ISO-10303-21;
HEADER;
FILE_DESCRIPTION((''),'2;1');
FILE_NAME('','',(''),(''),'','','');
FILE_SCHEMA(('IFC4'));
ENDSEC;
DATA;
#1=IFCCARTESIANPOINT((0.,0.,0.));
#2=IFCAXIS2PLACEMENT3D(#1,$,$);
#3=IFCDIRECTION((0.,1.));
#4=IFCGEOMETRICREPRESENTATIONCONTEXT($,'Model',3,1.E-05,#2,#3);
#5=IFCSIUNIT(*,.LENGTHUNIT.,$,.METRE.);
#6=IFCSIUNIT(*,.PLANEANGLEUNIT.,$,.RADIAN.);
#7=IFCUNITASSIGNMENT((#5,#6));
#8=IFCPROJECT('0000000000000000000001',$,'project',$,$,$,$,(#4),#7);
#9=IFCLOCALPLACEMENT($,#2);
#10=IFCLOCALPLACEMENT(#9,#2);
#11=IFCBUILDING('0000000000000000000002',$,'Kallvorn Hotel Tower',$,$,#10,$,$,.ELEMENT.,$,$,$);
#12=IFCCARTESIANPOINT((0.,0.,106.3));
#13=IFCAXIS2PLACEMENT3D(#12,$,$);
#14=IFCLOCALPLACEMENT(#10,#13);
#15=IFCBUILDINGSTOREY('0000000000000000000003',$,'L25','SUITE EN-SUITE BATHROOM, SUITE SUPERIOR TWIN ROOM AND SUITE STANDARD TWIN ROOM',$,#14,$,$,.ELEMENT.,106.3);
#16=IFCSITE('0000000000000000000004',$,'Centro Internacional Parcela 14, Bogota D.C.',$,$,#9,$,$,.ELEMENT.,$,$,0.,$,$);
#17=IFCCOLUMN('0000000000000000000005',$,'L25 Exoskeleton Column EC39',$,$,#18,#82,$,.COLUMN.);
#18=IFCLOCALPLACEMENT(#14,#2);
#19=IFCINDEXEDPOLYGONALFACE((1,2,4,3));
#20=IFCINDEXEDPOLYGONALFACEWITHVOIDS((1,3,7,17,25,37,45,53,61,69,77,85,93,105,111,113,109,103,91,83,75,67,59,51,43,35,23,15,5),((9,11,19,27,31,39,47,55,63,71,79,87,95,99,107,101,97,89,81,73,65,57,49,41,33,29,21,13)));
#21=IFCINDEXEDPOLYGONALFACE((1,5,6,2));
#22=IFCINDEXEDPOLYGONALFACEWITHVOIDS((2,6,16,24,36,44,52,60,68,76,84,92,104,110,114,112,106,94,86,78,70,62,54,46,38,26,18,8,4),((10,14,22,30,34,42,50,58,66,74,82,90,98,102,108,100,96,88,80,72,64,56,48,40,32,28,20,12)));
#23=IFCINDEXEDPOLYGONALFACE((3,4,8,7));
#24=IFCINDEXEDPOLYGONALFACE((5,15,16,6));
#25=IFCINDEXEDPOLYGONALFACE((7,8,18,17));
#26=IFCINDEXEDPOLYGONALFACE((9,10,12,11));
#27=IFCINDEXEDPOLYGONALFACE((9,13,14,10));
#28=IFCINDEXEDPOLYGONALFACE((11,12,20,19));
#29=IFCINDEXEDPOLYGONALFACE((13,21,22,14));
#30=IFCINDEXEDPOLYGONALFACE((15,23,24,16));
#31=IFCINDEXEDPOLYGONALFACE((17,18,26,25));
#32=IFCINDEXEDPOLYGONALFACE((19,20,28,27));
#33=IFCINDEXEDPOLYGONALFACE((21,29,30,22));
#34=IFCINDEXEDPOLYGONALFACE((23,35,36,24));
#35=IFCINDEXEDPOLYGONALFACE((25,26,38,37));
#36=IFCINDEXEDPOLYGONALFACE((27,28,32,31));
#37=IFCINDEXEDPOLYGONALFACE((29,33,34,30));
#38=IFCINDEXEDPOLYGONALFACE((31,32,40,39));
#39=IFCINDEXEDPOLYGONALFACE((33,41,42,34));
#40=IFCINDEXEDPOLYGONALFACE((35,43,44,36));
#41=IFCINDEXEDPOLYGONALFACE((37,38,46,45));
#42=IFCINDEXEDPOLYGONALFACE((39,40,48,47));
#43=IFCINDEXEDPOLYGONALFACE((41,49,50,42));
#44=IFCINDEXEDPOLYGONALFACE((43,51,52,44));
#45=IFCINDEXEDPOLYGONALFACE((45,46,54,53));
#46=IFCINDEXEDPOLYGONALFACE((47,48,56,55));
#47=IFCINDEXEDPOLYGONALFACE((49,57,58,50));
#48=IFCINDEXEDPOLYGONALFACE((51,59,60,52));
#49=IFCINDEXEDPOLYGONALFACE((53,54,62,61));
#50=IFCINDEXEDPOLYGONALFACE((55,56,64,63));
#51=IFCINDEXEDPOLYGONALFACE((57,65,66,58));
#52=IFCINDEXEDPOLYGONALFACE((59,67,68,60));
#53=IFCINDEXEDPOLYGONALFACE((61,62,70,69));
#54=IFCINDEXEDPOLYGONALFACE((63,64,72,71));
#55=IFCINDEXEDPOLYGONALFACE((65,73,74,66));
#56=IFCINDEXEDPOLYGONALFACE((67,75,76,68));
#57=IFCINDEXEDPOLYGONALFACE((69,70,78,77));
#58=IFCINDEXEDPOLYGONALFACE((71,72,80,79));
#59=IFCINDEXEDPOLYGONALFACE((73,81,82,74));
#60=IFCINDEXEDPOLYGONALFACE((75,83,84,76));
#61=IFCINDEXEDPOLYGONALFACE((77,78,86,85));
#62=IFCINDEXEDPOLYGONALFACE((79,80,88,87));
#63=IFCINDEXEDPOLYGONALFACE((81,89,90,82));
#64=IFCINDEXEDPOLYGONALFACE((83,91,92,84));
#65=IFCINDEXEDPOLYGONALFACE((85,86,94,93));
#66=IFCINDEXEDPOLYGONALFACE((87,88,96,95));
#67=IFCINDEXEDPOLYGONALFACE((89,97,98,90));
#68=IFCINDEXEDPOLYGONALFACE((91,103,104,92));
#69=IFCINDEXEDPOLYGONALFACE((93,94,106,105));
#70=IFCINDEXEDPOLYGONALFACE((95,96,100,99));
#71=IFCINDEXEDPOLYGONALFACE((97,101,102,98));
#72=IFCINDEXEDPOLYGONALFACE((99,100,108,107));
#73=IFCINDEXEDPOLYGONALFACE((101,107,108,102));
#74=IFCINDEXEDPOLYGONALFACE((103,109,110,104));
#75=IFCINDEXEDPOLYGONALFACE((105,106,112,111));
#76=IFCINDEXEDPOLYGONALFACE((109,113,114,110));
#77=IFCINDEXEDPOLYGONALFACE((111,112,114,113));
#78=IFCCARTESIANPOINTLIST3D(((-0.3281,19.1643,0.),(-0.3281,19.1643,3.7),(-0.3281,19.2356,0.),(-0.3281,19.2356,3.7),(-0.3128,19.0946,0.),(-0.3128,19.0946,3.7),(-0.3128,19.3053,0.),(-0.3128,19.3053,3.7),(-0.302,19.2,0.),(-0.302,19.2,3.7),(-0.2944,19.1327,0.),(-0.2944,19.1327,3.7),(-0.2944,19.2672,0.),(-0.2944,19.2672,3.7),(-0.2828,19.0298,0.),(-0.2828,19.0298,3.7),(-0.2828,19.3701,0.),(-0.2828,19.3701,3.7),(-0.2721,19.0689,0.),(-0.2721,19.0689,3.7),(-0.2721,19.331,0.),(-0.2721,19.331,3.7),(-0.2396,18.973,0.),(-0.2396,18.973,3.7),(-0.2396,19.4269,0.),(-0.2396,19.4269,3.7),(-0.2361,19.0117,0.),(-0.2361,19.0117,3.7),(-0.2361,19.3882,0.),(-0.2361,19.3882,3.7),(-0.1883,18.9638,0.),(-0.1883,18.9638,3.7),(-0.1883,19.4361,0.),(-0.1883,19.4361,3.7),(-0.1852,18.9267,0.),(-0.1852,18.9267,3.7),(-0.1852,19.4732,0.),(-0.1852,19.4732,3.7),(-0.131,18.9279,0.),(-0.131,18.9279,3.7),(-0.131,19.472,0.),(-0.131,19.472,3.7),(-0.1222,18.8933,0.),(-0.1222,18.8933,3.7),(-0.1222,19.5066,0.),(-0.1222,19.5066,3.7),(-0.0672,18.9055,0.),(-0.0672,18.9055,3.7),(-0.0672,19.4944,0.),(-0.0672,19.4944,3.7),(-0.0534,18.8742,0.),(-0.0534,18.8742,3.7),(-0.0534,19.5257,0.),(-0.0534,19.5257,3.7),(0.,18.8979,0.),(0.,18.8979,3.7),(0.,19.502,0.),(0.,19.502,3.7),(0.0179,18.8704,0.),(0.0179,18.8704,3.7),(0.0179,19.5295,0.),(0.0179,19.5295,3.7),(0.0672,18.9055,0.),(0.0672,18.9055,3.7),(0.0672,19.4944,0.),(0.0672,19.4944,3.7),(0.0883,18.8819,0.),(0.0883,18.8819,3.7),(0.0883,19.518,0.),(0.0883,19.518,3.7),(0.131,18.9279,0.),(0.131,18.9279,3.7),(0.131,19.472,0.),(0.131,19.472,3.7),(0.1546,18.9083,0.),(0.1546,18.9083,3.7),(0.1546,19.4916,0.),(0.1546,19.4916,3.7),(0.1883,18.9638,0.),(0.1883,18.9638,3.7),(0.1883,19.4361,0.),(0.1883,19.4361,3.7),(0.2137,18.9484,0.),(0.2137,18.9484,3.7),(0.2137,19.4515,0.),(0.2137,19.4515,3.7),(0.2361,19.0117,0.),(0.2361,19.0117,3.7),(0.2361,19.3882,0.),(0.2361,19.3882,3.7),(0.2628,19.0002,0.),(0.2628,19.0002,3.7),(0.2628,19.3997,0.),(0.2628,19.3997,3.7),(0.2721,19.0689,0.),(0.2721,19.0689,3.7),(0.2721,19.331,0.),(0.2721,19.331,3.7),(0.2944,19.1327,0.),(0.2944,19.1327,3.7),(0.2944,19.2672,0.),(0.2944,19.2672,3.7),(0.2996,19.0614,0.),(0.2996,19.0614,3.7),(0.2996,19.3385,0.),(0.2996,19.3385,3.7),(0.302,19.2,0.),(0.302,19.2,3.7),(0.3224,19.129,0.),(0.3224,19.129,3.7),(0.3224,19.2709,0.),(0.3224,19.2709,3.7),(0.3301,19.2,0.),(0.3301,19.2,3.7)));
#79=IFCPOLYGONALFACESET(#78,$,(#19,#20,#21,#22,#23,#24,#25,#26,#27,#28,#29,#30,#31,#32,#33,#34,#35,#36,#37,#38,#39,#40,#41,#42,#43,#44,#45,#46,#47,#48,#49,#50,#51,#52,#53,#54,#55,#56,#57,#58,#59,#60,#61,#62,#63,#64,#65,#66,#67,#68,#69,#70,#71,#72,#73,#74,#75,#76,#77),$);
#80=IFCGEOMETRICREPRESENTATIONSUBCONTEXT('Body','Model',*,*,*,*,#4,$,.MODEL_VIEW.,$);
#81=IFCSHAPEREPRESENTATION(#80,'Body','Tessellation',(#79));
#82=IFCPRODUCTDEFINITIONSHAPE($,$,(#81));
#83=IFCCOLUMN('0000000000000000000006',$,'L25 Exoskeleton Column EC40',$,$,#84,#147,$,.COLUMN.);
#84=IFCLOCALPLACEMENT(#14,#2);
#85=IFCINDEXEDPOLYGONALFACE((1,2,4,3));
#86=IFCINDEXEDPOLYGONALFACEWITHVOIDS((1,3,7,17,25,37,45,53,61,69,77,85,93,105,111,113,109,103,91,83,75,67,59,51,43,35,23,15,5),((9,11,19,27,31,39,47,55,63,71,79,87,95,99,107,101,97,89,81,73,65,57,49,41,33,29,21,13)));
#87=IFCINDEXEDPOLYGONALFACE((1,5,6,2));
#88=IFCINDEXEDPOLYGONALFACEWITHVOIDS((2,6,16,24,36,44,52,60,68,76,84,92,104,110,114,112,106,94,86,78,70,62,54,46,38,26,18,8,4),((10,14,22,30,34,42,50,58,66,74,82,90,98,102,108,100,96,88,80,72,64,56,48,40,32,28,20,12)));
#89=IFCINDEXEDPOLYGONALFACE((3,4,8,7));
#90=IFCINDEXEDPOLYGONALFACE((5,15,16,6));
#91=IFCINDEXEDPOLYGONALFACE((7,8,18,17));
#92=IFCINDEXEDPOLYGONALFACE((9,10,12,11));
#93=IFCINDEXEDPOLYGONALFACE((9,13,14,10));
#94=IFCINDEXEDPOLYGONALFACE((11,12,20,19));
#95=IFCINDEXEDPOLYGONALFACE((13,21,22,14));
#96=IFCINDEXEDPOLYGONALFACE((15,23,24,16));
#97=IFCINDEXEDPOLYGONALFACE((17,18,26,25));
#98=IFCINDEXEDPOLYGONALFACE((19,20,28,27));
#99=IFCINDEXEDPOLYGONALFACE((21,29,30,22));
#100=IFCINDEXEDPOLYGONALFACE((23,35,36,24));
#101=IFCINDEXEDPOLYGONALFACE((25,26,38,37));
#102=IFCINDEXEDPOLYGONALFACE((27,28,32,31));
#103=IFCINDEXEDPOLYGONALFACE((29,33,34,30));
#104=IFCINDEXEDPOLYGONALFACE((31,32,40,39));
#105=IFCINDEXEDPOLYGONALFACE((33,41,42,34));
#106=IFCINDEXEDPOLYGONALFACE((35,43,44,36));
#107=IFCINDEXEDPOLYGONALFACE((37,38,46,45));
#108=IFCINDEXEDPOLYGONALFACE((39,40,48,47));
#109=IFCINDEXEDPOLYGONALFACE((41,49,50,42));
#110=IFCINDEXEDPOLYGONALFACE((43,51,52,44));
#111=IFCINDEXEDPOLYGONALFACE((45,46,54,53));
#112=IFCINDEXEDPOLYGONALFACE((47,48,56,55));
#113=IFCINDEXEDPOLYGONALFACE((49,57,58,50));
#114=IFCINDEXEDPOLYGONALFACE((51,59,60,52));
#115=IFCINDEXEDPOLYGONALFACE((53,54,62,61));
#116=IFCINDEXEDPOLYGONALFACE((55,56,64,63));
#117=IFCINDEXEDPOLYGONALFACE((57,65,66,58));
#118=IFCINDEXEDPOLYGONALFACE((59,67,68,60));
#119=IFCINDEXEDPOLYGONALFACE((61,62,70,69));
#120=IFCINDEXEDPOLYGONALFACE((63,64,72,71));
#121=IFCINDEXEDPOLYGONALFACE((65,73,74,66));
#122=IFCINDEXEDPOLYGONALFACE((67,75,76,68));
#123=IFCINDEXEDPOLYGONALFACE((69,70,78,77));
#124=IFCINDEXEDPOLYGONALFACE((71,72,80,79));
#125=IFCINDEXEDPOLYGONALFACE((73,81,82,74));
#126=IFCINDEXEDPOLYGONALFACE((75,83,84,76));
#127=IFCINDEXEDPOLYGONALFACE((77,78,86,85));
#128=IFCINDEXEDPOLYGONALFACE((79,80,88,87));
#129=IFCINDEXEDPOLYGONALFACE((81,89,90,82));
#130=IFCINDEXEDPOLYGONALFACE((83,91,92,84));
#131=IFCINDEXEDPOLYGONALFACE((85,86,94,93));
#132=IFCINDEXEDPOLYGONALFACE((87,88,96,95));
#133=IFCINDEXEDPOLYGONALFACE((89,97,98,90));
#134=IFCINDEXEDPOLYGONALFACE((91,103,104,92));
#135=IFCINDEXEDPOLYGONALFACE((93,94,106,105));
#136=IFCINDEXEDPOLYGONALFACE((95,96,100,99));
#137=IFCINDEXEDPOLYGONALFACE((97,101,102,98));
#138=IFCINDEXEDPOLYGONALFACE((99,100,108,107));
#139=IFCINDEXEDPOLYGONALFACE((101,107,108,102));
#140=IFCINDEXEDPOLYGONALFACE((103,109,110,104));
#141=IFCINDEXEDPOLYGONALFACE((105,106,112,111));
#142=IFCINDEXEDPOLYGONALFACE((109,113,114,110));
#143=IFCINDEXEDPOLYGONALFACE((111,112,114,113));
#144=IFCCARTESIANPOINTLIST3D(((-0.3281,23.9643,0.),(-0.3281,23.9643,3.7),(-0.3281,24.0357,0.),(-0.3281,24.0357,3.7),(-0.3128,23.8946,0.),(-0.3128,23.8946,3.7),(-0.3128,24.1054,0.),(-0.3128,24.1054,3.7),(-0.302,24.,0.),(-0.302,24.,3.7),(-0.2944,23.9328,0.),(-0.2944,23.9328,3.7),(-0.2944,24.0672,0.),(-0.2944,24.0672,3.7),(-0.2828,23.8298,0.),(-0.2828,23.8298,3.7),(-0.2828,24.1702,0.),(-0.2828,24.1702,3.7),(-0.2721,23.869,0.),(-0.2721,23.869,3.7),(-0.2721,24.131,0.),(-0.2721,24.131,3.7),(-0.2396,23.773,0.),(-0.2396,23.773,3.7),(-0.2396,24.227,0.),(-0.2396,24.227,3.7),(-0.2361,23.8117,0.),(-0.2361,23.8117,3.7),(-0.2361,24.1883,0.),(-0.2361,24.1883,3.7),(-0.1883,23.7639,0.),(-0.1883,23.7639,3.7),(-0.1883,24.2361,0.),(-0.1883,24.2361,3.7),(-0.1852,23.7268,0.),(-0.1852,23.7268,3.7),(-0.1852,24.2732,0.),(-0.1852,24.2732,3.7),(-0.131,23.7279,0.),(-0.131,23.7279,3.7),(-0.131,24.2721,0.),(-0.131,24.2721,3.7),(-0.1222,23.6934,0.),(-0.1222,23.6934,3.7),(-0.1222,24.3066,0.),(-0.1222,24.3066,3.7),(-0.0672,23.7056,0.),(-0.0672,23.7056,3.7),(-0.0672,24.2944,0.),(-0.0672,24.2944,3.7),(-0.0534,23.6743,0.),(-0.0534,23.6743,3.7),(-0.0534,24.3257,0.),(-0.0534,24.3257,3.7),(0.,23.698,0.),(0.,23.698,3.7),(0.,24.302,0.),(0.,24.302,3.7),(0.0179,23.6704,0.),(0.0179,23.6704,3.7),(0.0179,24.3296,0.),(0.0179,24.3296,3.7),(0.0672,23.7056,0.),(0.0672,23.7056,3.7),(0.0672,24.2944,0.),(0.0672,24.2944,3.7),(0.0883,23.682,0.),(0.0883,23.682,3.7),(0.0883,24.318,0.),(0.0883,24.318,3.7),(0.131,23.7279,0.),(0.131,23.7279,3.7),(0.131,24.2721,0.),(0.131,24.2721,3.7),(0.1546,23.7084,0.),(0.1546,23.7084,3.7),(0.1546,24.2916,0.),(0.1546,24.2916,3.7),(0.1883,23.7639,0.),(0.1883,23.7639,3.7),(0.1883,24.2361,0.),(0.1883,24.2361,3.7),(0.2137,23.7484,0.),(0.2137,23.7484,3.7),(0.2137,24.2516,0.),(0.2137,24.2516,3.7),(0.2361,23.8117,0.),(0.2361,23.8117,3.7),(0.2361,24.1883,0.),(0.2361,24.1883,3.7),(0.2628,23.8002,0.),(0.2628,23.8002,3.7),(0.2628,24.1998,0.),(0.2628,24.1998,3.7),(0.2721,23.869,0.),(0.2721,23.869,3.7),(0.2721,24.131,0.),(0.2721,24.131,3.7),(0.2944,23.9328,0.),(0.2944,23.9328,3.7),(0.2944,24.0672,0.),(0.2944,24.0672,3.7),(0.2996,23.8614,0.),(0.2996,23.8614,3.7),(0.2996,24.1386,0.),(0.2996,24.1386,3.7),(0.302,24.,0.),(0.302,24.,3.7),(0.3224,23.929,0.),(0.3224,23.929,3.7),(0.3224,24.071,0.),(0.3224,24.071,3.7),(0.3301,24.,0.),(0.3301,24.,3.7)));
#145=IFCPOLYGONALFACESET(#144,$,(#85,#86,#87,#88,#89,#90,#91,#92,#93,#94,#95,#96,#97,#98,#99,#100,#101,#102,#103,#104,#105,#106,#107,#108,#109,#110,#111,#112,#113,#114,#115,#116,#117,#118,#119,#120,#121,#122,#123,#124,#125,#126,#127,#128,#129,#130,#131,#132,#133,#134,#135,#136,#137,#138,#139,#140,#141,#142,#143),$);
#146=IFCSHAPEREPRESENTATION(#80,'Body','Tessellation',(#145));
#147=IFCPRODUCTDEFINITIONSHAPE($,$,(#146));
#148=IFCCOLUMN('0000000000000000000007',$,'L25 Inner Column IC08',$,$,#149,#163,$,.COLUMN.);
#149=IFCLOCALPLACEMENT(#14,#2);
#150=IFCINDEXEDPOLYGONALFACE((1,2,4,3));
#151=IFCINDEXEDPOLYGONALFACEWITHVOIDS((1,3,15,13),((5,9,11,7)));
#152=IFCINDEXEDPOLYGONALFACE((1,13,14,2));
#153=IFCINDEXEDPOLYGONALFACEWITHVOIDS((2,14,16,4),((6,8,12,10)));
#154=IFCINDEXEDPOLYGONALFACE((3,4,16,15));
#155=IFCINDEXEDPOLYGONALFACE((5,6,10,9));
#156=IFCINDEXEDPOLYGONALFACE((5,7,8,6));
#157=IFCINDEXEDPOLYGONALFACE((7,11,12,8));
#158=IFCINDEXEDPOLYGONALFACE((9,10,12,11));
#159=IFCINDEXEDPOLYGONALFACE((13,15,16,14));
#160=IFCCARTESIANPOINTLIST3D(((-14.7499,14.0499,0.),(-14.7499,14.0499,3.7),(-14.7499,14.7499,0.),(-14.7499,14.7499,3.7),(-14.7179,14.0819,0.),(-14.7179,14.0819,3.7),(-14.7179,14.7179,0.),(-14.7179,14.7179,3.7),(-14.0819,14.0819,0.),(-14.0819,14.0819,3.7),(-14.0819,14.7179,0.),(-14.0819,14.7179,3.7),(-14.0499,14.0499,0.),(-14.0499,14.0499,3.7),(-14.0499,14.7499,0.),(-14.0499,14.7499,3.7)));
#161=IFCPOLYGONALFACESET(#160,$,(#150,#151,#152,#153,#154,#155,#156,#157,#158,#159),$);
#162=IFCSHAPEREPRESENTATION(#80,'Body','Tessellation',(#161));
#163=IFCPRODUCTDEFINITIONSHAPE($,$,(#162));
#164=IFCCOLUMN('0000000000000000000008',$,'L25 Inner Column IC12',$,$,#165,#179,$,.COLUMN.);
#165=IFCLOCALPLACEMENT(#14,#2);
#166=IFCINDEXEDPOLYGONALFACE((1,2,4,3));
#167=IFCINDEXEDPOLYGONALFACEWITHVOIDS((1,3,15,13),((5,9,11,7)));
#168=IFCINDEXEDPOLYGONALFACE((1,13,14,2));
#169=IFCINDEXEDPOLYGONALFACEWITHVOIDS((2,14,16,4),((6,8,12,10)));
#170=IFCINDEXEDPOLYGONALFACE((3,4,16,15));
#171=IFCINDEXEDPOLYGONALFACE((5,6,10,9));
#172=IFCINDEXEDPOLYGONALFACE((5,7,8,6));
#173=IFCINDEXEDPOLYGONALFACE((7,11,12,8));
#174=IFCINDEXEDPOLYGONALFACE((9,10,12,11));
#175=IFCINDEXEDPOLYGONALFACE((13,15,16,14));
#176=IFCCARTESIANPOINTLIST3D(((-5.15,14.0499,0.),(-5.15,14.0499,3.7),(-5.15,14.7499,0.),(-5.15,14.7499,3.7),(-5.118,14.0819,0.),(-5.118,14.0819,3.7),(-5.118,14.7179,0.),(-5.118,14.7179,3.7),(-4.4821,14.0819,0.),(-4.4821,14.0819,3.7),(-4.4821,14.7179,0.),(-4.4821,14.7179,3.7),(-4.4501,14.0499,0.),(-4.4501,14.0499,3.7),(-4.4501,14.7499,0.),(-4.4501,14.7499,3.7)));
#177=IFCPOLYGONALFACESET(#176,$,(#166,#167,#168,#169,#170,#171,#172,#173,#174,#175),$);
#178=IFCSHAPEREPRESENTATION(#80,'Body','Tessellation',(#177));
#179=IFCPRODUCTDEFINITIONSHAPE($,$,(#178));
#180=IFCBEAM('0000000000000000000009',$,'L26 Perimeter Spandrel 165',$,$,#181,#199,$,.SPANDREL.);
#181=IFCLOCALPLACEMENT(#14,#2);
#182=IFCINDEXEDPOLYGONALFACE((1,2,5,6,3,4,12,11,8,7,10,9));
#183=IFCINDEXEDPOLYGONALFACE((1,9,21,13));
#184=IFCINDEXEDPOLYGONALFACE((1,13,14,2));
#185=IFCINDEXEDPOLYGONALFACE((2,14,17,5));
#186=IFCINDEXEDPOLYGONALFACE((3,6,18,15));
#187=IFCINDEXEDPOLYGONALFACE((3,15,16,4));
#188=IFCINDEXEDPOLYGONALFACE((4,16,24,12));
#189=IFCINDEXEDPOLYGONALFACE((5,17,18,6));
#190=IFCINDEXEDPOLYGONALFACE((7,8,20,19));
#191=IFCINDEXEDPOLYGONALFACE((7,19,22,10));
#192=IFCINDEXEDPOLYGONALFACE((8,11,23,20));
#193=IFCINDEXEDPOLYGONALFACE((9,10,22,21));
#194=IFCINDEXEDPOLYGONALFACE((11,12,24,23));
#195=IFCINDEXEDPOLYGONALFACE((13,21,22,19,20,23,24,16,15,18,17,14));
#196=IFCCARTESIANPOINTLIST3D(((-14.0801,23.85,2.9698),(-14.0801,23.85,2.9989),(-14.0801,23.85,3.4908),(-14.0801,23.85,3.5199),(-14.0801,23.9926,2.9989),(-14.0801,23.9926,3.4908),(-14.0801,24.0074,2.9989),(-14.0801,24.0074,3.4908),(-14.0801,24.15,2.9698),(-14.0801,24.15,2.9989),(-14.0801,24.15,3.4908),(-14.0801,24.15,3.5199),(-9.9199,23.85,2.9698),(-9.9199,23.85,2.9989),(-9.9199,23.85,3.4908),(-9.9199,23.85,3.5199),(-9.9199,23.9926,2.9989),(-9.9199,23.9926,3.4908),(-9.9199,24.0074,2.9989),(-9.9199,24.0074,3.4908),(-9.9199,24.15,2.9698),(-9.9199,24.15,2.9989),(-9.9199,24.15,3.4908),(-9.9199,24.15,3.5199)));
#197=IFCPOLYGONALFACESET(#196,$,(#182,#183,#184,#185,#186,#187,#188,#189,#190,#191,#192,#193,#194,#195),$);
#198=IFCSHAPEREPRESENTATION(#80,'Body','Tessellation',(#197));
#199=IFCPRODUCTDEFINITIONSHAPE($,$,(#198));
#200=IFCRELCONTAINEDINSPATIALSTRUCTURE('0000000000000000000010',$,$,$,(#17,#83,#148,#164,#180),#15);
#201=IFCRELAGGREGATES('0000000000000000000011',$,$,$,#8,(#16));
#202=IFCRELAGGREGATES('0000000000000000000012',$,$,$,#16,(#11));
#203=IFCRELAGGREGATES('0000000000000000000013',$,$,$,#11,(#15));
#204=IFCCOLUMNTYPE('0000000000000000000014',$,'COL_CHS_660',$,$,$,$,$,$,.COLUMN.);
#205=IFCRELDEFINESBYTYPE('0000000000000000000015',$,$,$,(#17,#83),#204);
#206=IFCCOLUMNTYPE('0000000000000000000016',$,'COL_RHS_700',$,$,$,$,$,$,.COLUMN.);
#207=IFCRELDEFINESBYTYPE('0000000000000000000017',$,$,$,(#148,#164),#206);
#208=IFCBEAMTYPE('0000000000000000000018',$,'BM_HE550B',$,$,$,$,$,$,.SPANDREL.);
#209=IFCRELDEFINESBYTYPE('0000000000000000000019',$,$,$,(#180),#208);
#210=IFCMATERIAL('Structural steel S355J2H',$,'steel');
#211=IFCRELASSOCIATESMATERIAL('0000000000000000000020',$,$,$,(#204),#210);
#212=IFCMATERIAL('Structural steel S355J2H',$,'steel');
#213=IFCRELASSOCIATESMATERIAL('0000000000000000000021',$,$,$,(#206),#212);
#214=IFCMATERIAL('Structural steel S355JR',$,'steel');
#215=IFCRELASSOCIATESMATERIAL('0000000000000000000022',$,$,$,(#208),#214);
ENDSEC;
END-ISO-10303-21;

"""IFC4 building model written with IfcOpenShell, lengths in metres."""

from ifc_helpers import new_model, si_unit, direction, frame, origin, origin_2d, place, context, subcontext, project, spatial, hollow_rectangle, hollow_circle, i_section, extrude, material, material_profile, profile_set, type_object, element, save


model = new_model("IFC4")

# Units and contexts
model_context = context("Model", 3, precision=1e-05, world=origin(), true_north=direction((0.0, 1.0)))
body_context = subcontext(model_context, "Body", "Model", "MODEL_VIEW")
ifc_project = project(units=[si_unit("LENGTHUNIT", "METRE"), si_unit("PLANEANGLEUNIT", "RADIAN")], contexts=[model_context])

# Site, building, storey
site_placement = place(None, origin())
site = spatial("IfcSite", under=ifc_project, at=site_placement, Name="Centro Internacional Parcela 14, Bogota D.C.", CompositionType="ELEMENT", RefElevation=0.0)
building_placement = place(site_placement, origin())
building = spatial("IfcBuilding", under=site, at=building_placement, Name="Kallvorn Hotel Tower", CompositionType="ELEMENT")
storey_placement = place(building_placement, frame((0.0, 0.0, 106.3)))
storey = spatial("IfcBuildingStorey", under=building, at=storey_placement, Name="L25", Description="SUITE EN-SUITE BATHROOM, SUITE SUPERIOR TWIN ROOM AND SUITE STANDARD TWIN ROOM", CompositionType="ELEMENT", Elevation=106.3)

# Columns
ifc_material_1 = material(Name="Structural steel S355J2H", Category="steel")
ifc_material_profile_1 = material_profile(ifc_material_1, hollow_circle(Radius=0.3301, WallThickness=0.0281, at=origin_2d()), Name="CHS 660x28")
ifc_profile_set_1 = profile_set([ifc_material_profile_1], Name="Structural steel S355J2H")
column_type_1 = type_object("IfcColumnType", Name="COL_CHS_660", PredefinedType="COLUMN", material=ifc_profile_set_1)
for number, where, z_axis, x_axis, name in (
    (1, (0.0, 19.2, 0.0), (0.0, 0.0, 1.0), (1.0, 0.0, 0.0), "L25 Exoskeleton Column EC39"),
    (2, (0.0, 24.0, 0.0), (0.0, 0.0, 1.0), (1.0, 0.0, 0.0), "L25 Exoskeleton Column EC40"),
):
    element("IfcColumn", number, at=place(storey_placement, frame(where, z_axis=z_axis, x_axis=x_axis)), inside=storey, type_object=column_type_1, Name=name, PredefinedType="COLUMN", context=body_context, shape_type="SweptSolid", body=[
        extrude(hollow_circle(Radius=0.3301, WallThickness=0.0281, at=origin_2d()), origin(), (0.0, 0.0, 1.0), 3.7),
    ])
ifc_material_2 = material(Name="Structural steel S355J2H", Category="steel")
ifc_material_profile_2 = material_profile(ifc_material_2, hollow_rectangle(XDim=0.7, YDim=0.7, WallThickness=0.032, at=origin_2d()), Name="RHS 700x700x32")
ifc_profile_set_2 = profile_set([ifc_material_profile_2], Name="Structural steel S355J2H")
column_type_2 = type_object("IfcColumnType", Name="COL_RHS_700", PredefinedType="COLUMN", material=ifc_profile_set_2)
for number, where, z_axis, x_axis, name in (
    (3, (-14.3999, 14.3999, 0.0), (0.0, 0.0, 1.0), (1.0, 0.0, 0.0), "L25 Inner Column IC08"),
    (4, (-4.8, 14.3999, 0.0), (0.0, 0.0, 1.0), (1.0, 0.0, 0.0), "L25 Inner Column IC12"),
):
    element("IfcColumn", number, at=place(storey_placement, frame(where, z_axis=z_axis, x_axis=x_axis)), inside=storey, type_object=column_type_2, Name=name, PredefinedType="COLUMN", context=body_context, shape_type="SweptSolid", body=[
        extrude(hollow_rectangle(XDim=0.7, YDim=0.7, WallThickness=0.032, at=origin_2d()), origin(), (0.0, 0.0, 1.0), 3.7),
    ])

# Beam
ifc_material_3 = material(Name="Structural steel S355JR", Category="steel")
ifc_material_profile_3 = material_profile(ifc_material_3, i_section(OverallWidth=0.3, OverallDepth=0.55, WebThickness=0.0149, FlangeThickness=0.0291, at=origin_2d()), Name="HE 550 B")
ifc_profile_set_3 = profile_set([ifc_material_profile_3], Name="Structural steel S355JR")
beam_type_1 = type_object("IfcBeamType", Name="BM_HE550B", PredefinedType="SPANDREL", material=ifc_profile_set_3)
beam_1_placement = place(storey_placement, frame((-14.0801, 24.0, 3.2449), z_axis=(1.0, 0.0, 0.0), x_axis=(0.0, 1.0, 0.0)))
element("IfcBeam", 5, at=beam_1_placement, inside=storey, type_object=beam_type_1, Name="L26 Perimeter Spandrel 165", PredefinedType="SPANDREL", context=body_context, shape_type="SweptSolid", body=[
    extrude(i_section(OverallWidth=0.3, OverallDepth=0.55, WebThickness=0.0149, FlangeThickness=0.0291, at=origin_2d()), origin(), (0.0, 0.0, 1.0), 4.1602),
])

save(model, "model.ifc")
